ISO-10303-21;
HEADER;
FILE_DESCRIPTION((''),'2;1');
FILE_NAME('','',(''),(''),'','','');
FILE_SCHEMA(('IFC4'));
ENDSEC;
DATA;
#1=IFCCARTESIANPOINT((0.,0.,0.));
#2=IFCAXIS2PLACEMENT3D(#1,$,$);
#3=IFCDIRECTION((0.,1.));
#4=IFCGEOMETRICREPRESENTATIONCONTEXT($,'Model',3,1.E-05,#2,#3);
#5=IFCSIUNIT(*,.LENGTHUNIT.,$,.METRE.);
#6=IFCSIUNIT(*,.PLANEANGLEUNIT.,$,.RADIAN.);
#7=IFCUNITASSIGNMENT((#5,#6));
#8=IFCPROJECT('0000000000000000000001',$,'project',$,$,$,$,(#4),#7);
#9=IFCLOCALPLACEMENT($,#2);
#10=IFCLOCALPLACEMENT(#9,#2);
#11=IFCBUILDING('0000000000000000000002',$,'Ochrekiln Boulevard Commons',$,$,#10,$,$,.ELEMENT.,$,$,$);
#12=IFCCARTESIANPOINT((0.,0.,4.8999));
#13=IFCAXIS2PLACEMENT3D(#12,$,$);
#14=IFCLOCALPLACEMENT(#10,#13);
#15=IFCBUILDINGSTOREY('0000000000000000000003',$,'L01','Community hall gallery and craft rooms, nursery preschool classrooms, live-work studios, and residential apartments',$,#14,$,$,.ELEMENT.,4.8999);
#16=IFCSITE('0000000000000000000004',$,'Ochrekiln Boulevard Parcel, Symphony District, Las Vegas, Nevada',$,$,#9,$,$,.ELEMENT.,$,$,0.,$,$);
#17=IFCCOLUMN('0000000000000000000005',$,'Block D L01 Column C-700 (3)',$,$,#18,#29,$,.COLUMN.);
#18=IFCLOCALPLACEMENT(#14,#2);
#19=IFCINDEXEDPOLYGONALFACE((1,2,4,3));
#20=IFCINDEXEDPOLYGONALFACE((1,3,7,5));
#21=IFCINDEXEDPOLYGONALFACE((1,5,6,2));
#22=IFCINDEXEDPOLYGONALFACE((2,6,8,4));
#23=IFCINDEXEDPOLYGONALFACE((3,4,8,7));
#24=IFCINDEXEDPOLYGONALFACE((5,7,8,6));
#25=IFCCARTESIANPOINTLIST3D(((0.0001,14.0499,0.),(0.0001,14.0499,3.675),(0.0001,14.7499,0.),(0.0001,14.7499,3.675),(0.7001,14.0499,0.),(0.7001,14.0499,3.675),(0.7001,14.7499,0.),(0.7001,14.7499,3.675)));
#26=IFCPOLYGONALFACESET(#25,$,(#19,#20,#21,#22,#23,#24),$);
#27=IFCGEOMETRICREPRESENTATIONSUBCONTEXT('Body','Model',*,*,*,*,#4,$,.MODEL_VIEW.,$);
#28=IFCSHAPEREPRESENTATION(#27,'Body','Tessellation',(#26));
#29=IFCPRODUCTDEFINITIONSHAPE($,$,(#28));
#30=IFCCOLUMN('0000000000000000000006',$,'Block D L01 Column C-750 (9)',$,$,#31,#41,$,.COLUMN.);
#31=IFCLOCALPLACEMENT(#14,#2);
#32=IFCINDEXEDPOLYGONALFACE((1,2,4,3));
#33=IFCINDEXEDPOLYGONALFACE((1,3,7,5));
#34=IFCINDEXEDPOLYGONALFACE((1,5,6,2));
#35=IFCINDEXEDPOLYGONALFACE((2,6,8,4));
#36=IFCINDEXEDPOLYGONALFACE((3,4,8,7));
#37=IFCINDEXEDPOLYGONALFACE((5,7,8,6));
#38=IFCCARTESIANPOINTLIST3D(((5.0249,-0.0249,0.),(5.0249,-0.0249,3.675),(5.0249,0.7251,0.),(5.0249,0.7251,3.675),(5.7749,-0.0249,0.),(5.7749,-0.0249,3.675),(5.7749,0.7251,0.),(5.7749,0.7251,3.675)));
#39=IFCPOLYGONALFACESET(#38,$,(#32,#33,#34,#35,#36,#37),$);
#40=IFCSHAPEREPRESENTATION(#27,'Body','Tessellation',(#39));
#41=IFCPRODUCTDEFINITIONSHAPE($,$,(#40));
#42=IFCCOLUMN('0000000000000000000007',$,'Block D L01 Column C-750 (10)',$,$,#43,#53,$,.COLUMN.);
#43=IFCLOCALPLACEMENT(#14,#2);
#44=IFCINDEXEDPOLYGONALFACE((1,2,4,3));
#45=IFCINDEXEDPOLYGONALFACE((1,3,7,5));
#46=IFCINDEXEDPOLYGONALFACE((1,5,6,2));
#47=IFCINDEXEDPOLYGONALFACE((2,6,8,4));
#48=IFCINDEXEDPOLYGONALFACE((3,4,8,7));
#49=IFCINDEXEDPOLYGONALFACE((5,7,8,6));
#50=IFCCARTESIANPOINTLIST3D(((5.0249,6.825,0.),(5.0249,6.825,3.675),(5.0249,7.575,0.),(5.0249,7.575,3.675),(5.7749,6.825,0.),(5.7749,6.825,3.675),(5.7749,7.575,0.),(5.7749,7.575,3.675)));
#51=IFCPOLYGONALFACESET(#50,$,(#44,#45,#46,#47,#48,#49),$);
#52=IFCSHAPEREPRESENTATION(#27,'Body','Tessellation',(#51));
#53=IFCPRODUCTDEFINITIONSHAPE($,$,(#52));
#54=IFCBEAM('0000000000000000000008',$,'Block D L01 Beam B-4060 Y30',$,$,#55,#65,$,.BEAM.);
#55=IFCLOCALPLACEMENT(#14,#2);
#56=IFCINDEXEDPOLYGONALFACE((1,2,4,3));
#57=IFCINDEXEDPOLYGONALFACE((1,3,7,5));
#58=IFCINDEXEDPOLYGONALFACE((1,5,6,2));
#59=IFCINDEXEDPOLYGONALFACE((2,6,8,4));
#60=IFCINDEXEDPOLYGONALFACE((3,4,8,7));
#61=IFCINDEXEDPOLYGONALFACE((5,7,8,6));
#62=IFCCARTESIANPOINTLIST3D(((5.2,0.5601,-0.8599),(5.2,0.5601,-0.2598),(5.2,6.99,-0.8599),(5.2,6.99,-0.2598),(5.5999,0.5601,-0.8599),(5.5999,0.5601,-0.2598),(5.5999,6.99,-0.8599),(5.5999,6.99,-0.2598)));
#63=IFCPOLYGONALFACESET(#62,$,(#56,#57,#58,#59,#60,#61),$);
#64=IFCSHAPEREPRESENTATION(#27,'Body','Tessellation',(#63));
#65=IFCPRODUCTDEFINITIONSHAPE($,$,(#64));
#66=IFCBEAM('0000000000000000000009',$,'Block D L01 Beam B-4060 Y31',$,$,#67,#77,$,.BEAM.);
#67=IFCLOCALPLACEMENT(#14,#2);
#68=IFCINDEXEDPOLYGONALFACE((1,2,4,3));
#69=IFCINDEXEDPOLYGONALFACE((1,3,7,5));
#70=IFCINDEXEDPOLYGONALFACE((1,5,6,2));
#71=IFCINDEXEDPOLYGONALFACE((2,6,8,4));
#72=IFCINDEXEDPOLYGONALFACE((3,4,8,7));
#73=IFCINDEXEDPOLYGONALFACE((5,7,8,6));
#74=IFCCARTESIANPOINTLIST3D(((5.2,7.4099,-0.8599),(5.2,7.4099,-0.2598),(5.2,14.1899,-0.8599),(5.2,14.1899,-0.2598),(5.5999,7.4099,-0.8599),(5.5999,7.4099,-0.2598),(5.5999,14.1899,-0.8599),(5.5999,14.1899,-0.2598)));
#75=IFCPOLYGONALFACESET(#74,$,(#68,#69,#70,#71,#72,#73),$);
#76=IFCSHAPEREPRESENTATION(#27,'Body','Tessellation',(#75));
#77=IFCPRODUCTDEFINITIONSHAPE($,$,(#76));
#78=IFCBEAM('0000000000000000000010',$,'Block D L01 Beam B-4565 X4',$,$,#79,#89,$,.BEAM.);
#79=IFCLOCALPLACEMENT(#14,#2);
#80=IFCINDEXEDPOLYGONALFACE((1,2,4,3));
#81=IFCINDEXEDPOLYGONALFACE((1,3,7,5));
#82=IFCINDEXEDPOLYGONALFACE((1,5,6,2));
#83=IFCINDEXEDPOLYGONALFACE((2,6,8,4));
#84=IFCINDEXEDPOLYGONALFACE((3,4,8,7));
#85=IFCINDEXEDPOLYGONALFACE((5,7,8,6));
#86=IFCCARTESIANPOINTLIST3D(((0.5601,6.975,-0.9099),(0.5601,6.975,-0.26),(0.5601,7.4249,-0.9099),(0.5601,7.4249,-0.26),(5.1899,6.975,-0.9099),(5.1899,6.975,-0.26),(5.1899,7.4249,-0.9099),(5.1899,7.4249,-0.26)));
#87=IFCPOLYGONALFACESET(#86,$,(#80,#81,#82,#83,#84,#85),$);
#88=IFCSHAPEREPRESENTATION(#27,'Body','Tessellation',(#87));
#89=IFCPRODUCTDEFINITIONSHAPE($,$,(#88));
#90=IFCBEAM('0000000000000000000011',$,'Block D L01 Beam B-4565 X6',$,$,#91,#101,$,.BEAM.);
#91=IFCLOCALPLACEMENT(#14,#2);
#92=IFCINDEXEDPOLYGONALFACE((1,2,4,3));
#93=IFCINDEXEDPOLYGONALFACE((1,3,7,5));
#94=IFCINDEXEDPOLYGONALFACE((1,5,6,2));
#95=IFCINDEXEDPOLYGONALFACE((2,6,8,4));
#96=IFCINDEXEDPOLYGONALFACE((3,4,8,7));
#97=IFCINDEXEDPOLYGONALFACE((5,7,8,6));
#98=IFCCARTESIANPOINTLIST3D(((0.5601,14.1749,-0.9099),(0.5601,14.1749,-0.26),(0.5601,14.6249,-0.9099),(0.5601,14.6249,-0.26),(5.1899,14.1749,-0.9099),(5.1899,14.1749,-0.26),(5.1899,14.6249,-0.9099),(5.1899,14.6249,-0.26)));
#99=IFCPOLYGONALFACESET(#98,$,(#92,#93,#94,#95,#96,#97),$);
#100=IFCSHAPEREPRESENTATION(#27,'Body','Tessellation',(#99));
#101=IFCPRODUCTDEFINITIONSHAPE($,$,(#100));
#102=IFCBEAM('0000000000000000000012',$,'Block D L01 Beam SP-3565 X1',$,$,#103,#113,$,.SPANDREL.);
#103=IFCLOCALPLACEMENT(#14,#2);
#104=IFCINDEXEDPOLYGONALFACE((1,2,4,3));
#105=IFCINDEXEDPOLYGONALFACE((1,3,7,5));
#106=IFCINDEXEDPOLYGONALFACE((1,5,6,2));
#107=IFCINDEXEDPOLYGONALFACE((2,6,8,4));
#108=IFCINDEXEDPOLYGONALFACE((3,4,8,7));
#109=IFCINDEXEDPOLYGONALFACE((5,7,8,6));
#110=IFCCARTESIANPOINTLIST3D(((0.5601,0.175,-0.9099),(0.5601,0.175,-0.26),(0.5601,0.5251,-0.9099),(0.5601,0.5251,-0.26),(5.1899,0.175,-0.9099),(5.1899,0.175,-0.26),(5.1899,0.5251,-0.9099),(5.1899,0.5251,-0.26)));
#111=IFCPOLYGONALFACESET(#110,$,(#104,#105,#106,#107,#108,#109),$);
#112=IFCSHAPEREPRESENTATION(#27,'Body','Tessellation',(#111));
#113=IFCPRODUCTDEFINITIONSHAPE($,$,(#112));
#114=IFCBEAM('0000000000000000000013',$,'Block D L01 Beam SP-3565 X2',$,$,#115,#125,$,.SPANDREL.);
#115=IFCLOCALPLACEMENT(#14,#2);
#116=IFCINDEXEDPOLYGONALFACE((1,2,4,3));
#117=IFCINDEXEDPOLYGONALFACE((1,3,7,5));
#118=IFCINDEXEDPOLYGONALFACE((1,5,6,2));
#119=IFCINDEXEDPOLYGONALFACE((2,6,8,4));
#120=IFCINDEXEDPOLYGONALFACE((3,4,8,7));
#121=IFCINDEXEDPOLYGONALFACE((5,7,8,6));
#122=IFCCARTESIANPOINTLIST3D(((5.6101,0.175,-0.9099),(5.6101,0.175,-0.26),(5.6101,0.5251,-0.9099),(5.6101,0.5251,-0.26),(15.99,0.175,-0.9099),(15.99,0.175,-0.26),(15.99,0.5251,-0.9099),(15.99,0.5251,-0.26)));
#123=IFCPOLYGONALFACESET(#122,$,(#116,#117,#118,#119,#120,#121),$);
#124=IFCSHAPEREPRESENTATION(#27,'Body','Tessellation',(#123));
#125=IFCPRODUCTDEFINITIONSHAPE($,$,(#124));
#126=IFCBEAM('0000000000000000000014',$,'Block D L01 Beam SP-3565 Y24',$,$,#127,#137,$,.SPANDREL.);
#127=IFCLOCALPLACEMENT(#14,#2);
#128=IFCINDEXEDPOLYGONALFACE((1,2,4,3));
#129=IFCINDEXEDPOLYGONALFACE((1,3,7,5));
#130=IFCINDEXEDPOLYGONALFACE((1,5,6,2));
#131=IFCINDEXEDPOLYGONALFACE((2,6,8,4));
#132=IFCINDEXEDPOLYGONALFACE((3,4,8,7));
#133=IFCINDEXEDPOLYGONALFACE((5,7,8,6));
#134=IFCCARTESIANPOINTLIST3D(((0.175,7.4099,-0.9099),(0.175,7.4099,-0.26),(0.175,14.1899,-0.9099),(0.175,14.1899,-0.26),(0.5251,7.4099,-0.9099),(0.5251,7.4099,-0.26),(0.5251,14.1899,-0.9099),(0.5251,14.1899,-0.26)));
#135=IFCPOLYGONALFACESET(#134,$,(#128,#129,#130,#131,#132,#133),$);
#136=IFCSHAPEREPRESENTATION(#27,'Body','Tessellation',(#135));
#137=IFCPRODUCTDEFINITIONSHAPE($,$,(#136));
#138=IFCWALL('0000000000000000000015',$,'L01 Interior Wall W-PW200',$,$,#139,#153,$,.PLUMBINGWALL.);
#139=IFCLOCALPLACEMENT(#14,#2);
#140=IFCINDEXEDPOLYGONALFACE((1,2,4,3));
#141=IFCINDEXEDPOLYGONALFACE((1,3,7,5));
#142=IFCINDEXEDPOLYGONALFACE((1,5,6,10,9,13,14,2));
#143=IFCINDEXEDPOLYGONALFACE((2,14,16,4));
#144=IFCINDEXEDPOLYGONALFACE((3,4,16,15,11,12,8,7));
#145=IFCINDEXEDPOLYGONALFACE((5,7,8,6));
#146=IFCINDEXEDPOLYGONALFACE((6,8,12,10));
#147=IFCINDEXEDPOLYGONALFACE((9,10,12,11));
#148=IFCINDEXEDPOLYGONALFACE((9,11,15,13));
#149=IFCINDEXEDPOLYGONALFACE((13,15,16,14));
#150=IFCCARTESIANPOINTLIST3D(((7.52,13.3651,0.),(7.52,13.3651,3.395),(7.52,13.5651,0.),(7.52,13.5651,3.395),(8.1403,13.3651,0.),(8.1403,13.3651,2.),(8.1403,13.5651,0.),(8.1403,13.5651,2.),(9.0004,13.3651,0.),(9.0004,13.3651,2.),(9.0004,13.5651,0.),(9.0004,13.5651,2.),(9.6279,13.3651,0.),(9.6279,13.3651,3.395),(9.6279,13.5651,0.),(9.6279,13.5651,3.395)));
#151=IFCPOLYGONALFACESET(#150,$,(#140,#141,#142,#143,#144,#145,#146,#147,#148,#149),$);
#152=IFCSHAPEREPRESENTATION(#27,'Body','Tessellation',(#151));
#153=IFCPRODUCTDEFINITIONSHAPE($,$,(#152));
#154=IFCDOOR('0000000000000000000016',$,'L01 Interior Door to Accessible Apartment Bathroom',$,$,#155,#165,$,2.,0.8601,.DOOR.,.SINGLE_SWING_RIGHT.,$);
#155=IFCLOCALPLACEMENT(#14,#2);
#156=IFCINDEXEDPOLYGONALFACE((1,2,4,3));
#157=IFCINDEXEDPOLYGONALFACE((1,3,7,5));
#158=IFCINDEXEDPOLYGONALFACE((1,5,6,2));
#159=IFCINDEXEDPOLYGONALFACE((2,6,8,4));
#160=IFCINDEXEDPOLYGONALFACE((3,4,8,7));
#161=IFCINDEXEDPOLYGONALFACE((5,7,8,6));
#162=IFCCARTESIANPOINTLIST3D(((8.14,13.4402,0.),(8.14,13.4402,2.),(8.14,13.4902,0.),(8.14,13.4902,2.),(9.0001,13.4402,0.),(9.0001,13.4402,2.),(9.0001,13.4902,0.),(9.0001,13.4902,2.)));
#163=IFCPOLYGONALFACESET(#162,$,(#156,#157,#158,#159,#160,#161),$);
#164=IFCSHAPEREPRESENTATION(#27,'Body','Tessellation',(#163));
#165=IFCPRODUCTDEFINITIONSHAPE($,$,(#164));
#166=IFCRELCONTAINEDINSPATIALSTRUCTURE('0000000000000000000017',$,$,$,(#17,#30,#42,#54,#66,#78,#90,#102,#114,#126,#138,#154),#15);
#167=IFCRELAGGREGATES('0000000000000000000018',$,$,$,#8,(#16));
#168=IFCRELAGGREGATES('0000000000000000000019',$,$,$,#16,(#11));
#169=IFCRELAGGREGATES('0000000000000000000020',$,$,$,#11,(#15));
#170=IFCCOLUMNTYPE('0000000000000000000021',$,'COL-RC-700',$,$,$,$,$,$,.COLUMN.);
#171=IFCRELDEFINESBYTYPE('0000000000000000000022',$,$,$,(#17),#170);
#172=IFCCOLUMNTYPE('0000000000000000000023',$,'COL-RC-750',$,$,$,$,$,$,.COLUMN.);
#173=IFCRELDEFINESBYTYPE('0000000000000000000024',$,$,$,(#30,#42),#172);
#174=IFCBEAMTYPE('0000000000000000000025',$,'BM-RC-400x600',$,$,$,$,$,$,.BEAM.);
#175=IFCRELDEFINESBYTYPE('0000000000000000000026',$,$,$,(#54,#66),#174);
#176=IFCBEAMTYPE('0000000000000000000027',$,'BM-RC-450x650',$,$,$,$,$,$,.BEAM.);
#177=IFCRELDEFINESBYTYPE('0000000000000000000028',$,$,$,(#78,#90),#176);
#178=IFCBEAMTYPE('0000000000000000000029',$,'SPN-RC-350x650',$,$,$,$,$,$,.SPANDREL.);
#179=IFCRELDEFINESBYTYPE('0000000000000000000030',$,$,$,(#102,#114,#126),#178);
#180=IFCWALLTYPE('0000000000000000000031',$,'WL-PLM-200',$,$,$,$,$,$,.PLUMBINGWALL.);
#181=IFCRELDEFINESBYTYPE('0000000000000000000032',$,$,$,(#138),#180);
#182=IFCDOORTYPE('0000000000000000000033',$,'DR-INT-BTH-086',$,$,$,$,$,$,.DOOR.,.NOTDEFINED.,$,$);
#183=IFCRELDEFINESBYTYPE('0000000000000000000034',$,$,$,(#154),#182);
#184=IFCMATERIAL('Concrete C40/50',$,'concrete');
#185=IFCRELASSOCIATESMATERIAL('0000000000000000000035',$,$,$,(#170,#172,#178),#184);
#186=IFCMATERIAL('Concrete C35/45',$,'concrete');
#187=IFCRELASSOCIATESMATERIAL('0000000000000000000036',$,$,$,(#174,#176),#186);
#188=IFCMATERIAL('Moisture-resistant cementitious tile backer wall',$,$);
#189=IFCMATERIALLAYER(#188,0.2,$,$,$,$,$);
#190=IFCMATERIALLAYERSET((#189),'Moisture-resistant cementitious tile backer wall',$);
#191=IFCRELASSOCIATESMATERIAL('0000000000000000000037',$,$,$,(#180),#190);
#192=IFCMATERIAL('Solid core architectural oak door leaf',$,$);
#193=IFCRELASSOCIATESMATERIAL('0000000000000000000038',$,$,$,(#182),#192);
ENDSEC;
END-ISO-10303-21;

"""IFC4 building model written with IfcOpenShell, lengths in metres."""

from ifc_helpers import new_model, si_unit, direction, frame, frame_2d, origin, origin_2d, place, context, subcontext, project, spatial, rectangle, extrude, material, layer, layer_set, material_profile, profile_set, type_object, element, fill, save


model = new_model("IFC4")

# Units and contexts
model_context = context("Model", 3, precision=1e-05, world=origin(), true_north=direction((0.0, 1.0)))
body_context = subcontext(model_context, "Body", "Model", "MODEL_VIEW")
ifc_project = project(units=[si_unit("LENGTHUNIT", "METRE"), si_unit("PLANEANGLEUNIT", "RADIAN")], contexts=[model_context])

# Site, building, storey
site_placement = place(None, origin())
site = spatial("IfcSite", under=ifc_project, at=site_placement, Name="Ochrekiln Boulevard Parcel, Symphony District, Las Vegas, Nevada", CompositionType="ELEMENT", RefElevation=0.0)
building_placement = place(site_placement, origin())
building = spatial("IfcBuilding", under=site, at=building_placement, Name="Ochrekiln Boulevard Commons", CompositionType="ELEMENT")
storey_placement = place(building_placement, frame((0.0, 0.0, 4.8999)))
storey = spatial("IfcBuildingStorey", under=building, at=storey_placement, Name="L01", Description="Community hall gallery and craft rooms, nursery preschool classrooms, live-work studios, and residential apartments", CompositionType="ELEMENT", Elevation=4.8999)

# Columns
ifc_material_1 = material(Name="Concrete C40/50", Category="concrete")
ifc_material_profile_1 = material_profile(ifc_material_1, rectangle(XDim=0.7, YDim=0.7, at=origin_2d()), Name="RC-COL-700x700")
ifc_profile_set_1 = profile_set([ifc_material_profile_1], Name="Concrete C40/50")
column_type_1 = type_object("IfcColumnType", Name="COL-RC-700", PredefinedType="COLUMN", material=ifc_profile_set_1)
column_placement = place(storey_placement, frame((0.3501, 14.3999, 0.0), z_axis=(0.0, 0.0, 1.0), x_axis=(1.0, 0.0, 0.0)))
element("IfcColumn", 1, at=column_placement, inside=storey, type_object=column_type_1, Name="Block D L01 Column C-700 (3)", PredefinedType="COLUMN", context=body_context, shape_type="SweptSolid", body=[
    extrude(rectangle(XDim=0.7, YDim=0.7, at=origin_2d()), origin(), (0.0, 0.0, 1.0), 3.675),
])
ifc_material_profile_2 = material_profile(ifc_material_1, rectangle(XDim=0.75, YDim=0.75, at=origin_2d()), Name="RC-COL-750x750")
ifc_profile_set_2 = profile_set([ifc_material_profile_2], Name="Concrete C40/50")
column_type_2 = type_object("IfcColumnType", Name="COL-RC-750", PredefinedType="COLUMN", material=ifc_profile_set_2)
for number, where, z_axis, x_axis, name in (
    (2, (5.3999, 0.3501, 0.0), (0.0, 0.0, 1.0), (1.0, 0.0, 0.0), "Block D L01 Column C-750 (9)"),
    (3, (5.3999, 7.2, 0.0), (0.0, 0.0, 1.0), (1.0, 0.0, 0.0), "Block D L01 Column C-750 (10)"),
):
    element("IfcColumn", number, at=place(storey_placement, frame(where, z_axis=z_axis, x_axis=x_axis)), inside=storey, type_object=column_type_2, Name=name, PredefinedType="COLUMN", context=body_context, shape_type="SweptSolid", body=[
        extrude(rectangle(XDim=0.75, YDim=0.75, at=origin_2d()), origin(), (0.0, 0.0, 1.0), 3.675),
    ])

# Beams
ifc_material_2 = material(Name="Concrete C35/45", Category="concrete")
ifc_material_profile_3 = material_profile(ifc_material_2, rectangle(XDim=0.3999, YDim=0.6001, at=origin_2d()), Name="RC-BM-400x600")
ifc_profile_set_3 = profile_set([ifc_material_profile_3], Name="Concrete C35/45")
beam_type_1 = type_object("IfcBeamType", Name="BM-RC-400x600", PredefinedType="BEAM", material=ifc_profile_set_3)
beam_1_placement = place(storey_placement, frame((5.3999, 0.5601, -0.5598), z_axis=(0.0, 1.0, 0.0), x_axis=(-1.0, 0.0, 0.0)))
element("IfcBeam", 4, at=beam_1_placement, inside=storey, type_object=beam_type_1, Name="Block D L01 Beam B-4060 Y30", PredefinedType="BEAM", context=body_context, shape_type="SweptSolid", body=[
    extrude(rectangle(XDim=0.3999, YDim=0.6001, at=origin_2d()), origin(), (0.0, 0.0, 1.0), 6.4299),
])
beam_2_placement = place(storey_placement, frame((5.3999, 7.4099, -0.5598), z_axis=(0.0, 1.0, 0.0), x_axis=(-1.0, 0.0, 0.0)))
element("IfcBeam", 5, at=beam_2_placement, inside=storey, type_object=beam_type_1, Name="Block D L01 Beam B-4060 Y31", PredefinedType="BEAM", context=body_context, shape_type="SweptSolid", body=[
    extrude(rectangle(XDim=0.3999, YDim=0.6001, at=origin_2d()), origin(), (0.0, 0.0, 1.0), 6.78),
])
ifc_material_profile_4 = material_profile(ifc_material_2, rectangle(XDim=0.45, YDim=0.6499, at=origin_2d()), Name="RC-BM-450x650")
ifc_profile_set_4 = profile_set([ifc_material_profile_4], Name="Concrete C35/45")
beam_type_2 = type_object("IfcBeamType", Name="BM-RC-450x650", PredefinedType="BEAM", material=ifc_profile_set_4)
for number, where, z_axis, x_axis, name in (
    (6, (0.5601, 7.2, -0.585), (1.0, 0.0, 0.0), (0.0, 1.0, 0.0), "Block D L01 Beam B-4565 X4"),
    (7, (0.5601, 14.3999, -0.585), (1.0, 0.0, 0.0), (0.0, 1.0, 0.0), "Block D L01 Beam B-4565 X6"),
):
    element("IfcBeam", number, at=place(storey_placement, frame(where, z_axis=z_axis, x_axis=x_axis)), inside=storey, type_object=beam_type_2, Name=name, PredefinedType="BEAM", context=body_context, shape_type="SweptSolid", body=[
        extrude(rectangle(XDim=0.45, YDim=0.6499, at=origin_2d()), origin(), (0.0, 0.0, 1.0), 4.6299),
    ])
ifc_material_profile_5 = material_profile(ifc_material_1, rectangle(XDim=0.3501, YDim=0.6499, at=origin_2d()), Name="RC-SPN-350x650")
ifc_profile_set_5 = profile_set([ifc_material_profile_5], Name="Concrete C40/50")
beam_type_3 = type_object("IfcBeamType", Name="SPN-RC-350x650", PredefinedType="SPANDREL", material=ifc_profile_set_5)
beam_3_placement = place(storey_placement, frame((0.5601, 0.3501, -0.585), z_axis=(1.0, 0.0, 0.0), x_axis=(0.0, 1.0, 0.0)))
element("IfcBeam", 8, at=beam_3_placement, inside=storey, type_object=beam_type_3, Name="Block D L01 Beam SP-3565 X1", PredefinedType="SPANDREL", context=body_context, shape_type="SweptSolid", body=[
    extrude(rectangle(XDim=0.3501, YDim=0.6499, at=origin_2d()), origin(), (0.0, 0.0, 1.0), 4.6299),
])
beam_4_placement = place(storey_placement, frame((5.6101, 0.3501, -0.585), z_axis=(1.0, 0.0, 0.0), x_axis=(0.0, 1.0, 0.0)))
element("IfcBeam", 9, at=beam_4_placement, inside=storey, type_object=beam_type_3, Name="Block D L01 Beam SP-3565 X2", PredefinedType="SPANDREL", context=body_context, shape_type="SweptSolid", body=[
    extrude(rectangle(XDim=0.3501, YDim=0.6499, at=origin_2d()), origin(), (0.0, 0.0, 1.0), 10.3799),
])
beam_5_placement = place(storey_placement, frame((0.3501, 7.4099, -0.585), z_axis=(0.0, 1.0, 0.0), x_axis=(-1.0, 0.0, 0.0)))
element("IfcBeam", 10, at=beam_5_placement, inside=storey, type_object=beam_type_3, Name="Block D L01 Beam SP-3565 Y24", PredefinedType="SPANDREL", context=body_context, shape_type="SweptSolid", body=[
    extrude(rectangle(XDim=0.3501, YDim=0.6499, at=origin_2d()), origin(), (0.0, 0.0, 1.0), 6.78),
])

# Wall, opening, door
ifc_material_3 = material(Name="Moisture-resistant cementitious tile backer wall")
ifc_layer_1 = layer(ifc_material_3, 0.2)
ifc_layer_set_1 = layer_set([ifc_layer_1], Name="Moisture-resistant cementitious tile backer wall")
wall_type_1 = type_object("IfcWallType", Name="WL-PLM-200", PredefinedType="PLUMBINGWALL", material=ifc_layer_set_1)
wall_1_placement = place(storey_placement, frame((7.52, 13.4651, 0.0), z_axis=(0.0, 0.0, 1.0), x_axis=(1.0, 0.0, 0.0)))
wall_1 = element("IfcWall", 11, at=wall_1_placement, inside=storey, type_object=wall_type_1, Name="L01 Interior Wall W-PW200", PredefinedType="PLUMBINGWALL", context=body_context, shape_type="SweptSolid", body=[
    extrude(rectangle(XDim=2.1079, YDim=0.2, at=frame_2d((1.054, 0.0))), origin(), (0.0, 0.0, 1.0), 3.395),
])
opening_1_placement = place(wall_1_placement, frame((0.6201, 0.0, 0.0)))
opening_1 = element("IfcOpeningElement", 12, at=opening_1_placement, cuts=wall_1, PredefinedType="OPENING", context=body_context, shape_type="SweptSolid", body=[
    extrude(rectangle(XDim=0.8601, YDim=2.0, at=frame_2d((0.4302, 1.0))), frame((0.0, 0.1099, 0.0), z_axis=(0.0, -1.0, 0.0), x_axis=(1.0, 0.0, 0.0)), (0.0, 0.0, 1.0), 0.22),
])
ifc_material_4 = material(Name="Solid core architectural oak door leaf")
door_type_1 = type_object("IfcDoorType", Name="DR-INT-BTH-086", OperationType="NOTDEFINED", PredefinedType="DOOR", material=ifc_material_4)
door_1_placement = place(opening_1_placement, frame((0.8601, 0.0, 0.0), z_axis=(0.0, 0.0, 1.0), x_axis=(-1.0, 0.0, 0.0)))
door_1 = element("IfcDoor", 13, at=door_1_placement, inside=storey, type_object=door_type_1, Name="L01 Interior Door to Accessible Apartment Bathroom", OperationType="SINGLE_SWING_RIGHT", OverallHeight=2.0, OverallWidth=0.8601, PredefinedType="DOOR", context=body_context, shape_type="SweptSolid", body=[
    extrude(rectangle(XDim=0.8601, YDim=2.0, at=frame_2d((0.4302, 1.0))), frame((0.0, 0.0249, 0.0), z_axis=(0.0, -1.0, 0.0), x_axis=(1.0, 0.0, 0.0)), (0.0, 0.0, 1.0), 0.05),
])
fill(opening_1, door_1)

save(model, "model.ifc")
